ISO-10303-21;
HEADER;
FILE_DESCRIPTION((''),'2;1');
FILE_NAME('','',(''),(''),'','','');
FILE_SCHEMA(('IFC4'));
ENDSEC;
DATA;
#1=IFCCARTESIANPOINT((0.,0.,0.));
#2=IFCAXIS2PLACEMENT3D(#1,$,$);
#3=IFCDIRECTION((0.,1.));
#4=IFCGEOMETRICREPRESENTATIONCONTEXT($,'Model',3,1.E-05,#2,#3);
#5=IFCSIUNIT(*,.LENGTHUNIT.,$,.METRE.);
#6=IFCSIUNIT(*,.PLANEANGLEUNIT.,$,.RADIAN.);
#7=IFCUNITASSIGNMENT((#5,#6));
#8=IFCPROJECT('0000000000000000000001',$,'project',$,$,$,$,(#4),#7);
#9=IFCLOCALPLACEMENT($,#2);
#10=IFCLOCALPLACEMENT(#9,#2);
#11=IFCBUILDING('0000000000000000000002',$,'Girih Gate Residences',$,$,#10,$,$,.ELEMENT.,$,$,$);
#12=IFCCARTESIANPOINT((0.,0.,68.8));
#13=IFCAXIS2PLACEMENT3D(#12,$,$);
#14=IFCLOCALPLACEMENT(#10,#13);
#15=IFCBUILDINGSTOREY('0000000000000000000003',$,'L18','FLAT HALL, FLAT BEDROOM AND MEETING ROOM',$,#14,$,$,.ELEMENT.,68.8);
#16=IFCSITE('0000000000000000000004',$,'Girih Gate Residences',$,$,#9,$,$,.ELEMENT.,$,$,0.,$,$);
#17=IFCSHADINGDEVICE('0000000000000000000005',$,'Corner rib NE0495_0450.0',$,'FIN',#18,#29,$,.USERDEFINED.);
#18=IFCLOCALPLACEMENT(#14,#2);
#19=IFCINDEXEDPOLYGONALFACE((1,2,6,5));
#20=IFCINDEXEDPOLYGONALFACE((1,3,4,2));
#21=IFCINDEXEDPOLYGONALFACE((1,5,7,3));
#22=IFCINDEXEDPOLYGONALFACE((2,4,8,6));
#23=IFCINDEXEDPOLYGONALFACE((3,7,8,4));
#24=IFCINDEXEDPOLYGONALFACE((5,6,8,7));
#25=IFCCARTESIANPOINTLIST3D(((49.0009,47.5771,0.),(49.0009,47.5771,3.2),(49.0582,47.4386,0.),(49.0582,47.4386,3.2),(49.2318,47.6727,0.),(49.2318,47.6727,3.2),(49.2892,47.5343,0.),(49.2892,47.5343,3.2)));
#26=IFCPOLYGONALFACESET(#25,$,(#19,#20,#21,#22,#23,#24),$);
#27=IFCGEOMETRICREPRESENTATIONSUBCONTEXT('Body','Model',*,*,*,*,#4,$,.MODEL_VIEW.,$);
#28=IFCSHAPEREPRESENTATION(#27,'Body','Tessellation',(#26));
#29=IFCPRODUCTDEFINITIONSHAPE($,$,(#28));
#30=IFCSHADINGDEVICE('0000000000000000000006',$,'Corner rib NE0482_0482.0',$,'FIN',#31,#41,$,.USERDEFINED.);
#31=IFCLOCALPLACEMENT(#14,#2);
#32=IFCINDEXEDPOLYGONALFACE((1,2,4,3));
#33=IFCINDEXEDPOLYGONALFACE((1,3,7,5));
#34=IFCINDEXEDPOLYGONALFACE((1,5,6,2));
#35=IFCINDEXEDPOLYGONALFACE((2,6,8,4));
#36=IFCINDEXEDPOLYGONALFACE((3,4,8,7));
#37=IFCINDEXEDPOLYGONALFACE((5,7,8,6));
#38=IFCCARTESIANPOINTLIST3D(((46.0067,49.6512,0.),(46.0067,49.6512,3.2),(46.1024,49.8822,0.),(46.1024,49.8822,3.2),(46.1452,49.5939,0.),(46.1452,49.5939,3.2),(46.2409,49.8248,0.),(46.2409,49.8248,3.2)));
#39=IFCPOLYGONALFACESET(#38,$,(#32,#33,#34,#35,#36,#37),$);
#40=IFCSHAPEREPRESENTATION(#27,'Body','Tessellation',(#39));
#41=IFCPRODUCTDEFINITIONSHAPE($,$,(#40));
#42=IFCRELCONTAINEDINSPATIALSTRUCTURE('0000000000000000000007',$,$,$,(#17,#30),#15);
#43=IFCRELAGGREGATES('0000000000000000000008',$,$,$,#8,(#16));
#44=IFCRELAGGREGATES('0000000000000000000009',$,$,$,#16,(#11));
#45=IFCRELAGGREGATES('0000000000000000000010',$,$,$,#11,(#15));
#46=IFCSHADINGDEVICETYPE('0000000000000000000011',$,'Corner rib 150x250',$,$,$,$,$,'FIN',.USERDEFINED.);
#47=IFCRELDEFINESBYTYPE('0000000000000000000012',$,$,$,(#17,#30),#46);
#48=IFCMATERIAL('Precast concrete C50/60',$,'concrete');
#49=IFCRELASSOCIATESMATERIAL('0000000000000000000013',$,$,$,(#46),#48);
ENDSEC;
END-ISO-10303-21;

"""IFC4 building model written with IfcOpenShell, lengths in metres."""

from ifc_helpers import new_model, si_unit, direction, frame, origin, origin_2d, place, context, subcontext, project, spatial, rectangle, extrude, material, type_object, element, save


model = new_model("IFC4")

# Units and contexts
model_context = context("Model", 3, precision=1e-05, world=origin(), true_north=direction((0.0, 1.0)))
body_context = subcontext(model_context, "Body", "Model", "MODEL_VIEW")
ifc_project = project(units=[si_unit("LENGTHUNIT", "METRE"), si_unit("PLANEANGLEUNIT", "RADIAN")], contexts=[model_context])

# Site, building, storey
site_placement = place(None, origin())
site = spatial("IfcSite", under=ifc_project, at=site_placement, Name="Girih Gate Residences", CompositionType="ELEMENT", RefElevation=0.0)
building_placement = place(site_placement, origin())
building = spatial("IfcBuilding", under=site, at=building_placement, Name="Girih Gate Residences", CompositionType="ELEMENT")
storey_placement = place(building_placement, frame((0.0, 0.0, 68.8)))
storey = spatial("IfcBuildingStorey", under=building, at=storey_placement, Name="L18", Description="FLAT HALL, FLAT BEDROOM AND MEETING ROOM", CompositionType="ELEMENT", Elevation=68.8)

# Shared definitions
ifc_material_1 = material(Name="Precast concrete C50/60", Category="concrete")

# Shading devices
shading_device_type = type_object("IfcShadingDeviceType", Name="Corner rib 150x250", ElementType="FIN", PredefinedType="USERDEFINED", material=ifc_material_1)
for number, where, z_axis, x_axis, name in (
    (1, (49.145, 47.5557, 0.0), (0.0, 0.0, 1.0), (-0.382683, 0.92388, 0.0), "Corner rib NE0495_0450.0"),
    (2, (46.1238, 49.738, 0.0), (0.0, 0.0, 1.0), (-0.92388, 0.382683, 0.0), "Corner rib NE0482_0482.0"),
):
    element("IfcShadingDevice", number, at=place(storey_placement, frame(where, z_axis=z_axis, x_axis=x_axis)), inside=storey, type_object=shading_device_type, Name=name, ObjectType="FIN", PredefinedType="USERDEFINED", context=body_context, shape_type="SweptSolid", body=[
        extrude(rectangle(XDim=0.1499, YDim=0.25, at=origin_2d()), origin(), (0.0, 0.0, 1.0), 3.2),
    ])

save(model, "model.ifc")
